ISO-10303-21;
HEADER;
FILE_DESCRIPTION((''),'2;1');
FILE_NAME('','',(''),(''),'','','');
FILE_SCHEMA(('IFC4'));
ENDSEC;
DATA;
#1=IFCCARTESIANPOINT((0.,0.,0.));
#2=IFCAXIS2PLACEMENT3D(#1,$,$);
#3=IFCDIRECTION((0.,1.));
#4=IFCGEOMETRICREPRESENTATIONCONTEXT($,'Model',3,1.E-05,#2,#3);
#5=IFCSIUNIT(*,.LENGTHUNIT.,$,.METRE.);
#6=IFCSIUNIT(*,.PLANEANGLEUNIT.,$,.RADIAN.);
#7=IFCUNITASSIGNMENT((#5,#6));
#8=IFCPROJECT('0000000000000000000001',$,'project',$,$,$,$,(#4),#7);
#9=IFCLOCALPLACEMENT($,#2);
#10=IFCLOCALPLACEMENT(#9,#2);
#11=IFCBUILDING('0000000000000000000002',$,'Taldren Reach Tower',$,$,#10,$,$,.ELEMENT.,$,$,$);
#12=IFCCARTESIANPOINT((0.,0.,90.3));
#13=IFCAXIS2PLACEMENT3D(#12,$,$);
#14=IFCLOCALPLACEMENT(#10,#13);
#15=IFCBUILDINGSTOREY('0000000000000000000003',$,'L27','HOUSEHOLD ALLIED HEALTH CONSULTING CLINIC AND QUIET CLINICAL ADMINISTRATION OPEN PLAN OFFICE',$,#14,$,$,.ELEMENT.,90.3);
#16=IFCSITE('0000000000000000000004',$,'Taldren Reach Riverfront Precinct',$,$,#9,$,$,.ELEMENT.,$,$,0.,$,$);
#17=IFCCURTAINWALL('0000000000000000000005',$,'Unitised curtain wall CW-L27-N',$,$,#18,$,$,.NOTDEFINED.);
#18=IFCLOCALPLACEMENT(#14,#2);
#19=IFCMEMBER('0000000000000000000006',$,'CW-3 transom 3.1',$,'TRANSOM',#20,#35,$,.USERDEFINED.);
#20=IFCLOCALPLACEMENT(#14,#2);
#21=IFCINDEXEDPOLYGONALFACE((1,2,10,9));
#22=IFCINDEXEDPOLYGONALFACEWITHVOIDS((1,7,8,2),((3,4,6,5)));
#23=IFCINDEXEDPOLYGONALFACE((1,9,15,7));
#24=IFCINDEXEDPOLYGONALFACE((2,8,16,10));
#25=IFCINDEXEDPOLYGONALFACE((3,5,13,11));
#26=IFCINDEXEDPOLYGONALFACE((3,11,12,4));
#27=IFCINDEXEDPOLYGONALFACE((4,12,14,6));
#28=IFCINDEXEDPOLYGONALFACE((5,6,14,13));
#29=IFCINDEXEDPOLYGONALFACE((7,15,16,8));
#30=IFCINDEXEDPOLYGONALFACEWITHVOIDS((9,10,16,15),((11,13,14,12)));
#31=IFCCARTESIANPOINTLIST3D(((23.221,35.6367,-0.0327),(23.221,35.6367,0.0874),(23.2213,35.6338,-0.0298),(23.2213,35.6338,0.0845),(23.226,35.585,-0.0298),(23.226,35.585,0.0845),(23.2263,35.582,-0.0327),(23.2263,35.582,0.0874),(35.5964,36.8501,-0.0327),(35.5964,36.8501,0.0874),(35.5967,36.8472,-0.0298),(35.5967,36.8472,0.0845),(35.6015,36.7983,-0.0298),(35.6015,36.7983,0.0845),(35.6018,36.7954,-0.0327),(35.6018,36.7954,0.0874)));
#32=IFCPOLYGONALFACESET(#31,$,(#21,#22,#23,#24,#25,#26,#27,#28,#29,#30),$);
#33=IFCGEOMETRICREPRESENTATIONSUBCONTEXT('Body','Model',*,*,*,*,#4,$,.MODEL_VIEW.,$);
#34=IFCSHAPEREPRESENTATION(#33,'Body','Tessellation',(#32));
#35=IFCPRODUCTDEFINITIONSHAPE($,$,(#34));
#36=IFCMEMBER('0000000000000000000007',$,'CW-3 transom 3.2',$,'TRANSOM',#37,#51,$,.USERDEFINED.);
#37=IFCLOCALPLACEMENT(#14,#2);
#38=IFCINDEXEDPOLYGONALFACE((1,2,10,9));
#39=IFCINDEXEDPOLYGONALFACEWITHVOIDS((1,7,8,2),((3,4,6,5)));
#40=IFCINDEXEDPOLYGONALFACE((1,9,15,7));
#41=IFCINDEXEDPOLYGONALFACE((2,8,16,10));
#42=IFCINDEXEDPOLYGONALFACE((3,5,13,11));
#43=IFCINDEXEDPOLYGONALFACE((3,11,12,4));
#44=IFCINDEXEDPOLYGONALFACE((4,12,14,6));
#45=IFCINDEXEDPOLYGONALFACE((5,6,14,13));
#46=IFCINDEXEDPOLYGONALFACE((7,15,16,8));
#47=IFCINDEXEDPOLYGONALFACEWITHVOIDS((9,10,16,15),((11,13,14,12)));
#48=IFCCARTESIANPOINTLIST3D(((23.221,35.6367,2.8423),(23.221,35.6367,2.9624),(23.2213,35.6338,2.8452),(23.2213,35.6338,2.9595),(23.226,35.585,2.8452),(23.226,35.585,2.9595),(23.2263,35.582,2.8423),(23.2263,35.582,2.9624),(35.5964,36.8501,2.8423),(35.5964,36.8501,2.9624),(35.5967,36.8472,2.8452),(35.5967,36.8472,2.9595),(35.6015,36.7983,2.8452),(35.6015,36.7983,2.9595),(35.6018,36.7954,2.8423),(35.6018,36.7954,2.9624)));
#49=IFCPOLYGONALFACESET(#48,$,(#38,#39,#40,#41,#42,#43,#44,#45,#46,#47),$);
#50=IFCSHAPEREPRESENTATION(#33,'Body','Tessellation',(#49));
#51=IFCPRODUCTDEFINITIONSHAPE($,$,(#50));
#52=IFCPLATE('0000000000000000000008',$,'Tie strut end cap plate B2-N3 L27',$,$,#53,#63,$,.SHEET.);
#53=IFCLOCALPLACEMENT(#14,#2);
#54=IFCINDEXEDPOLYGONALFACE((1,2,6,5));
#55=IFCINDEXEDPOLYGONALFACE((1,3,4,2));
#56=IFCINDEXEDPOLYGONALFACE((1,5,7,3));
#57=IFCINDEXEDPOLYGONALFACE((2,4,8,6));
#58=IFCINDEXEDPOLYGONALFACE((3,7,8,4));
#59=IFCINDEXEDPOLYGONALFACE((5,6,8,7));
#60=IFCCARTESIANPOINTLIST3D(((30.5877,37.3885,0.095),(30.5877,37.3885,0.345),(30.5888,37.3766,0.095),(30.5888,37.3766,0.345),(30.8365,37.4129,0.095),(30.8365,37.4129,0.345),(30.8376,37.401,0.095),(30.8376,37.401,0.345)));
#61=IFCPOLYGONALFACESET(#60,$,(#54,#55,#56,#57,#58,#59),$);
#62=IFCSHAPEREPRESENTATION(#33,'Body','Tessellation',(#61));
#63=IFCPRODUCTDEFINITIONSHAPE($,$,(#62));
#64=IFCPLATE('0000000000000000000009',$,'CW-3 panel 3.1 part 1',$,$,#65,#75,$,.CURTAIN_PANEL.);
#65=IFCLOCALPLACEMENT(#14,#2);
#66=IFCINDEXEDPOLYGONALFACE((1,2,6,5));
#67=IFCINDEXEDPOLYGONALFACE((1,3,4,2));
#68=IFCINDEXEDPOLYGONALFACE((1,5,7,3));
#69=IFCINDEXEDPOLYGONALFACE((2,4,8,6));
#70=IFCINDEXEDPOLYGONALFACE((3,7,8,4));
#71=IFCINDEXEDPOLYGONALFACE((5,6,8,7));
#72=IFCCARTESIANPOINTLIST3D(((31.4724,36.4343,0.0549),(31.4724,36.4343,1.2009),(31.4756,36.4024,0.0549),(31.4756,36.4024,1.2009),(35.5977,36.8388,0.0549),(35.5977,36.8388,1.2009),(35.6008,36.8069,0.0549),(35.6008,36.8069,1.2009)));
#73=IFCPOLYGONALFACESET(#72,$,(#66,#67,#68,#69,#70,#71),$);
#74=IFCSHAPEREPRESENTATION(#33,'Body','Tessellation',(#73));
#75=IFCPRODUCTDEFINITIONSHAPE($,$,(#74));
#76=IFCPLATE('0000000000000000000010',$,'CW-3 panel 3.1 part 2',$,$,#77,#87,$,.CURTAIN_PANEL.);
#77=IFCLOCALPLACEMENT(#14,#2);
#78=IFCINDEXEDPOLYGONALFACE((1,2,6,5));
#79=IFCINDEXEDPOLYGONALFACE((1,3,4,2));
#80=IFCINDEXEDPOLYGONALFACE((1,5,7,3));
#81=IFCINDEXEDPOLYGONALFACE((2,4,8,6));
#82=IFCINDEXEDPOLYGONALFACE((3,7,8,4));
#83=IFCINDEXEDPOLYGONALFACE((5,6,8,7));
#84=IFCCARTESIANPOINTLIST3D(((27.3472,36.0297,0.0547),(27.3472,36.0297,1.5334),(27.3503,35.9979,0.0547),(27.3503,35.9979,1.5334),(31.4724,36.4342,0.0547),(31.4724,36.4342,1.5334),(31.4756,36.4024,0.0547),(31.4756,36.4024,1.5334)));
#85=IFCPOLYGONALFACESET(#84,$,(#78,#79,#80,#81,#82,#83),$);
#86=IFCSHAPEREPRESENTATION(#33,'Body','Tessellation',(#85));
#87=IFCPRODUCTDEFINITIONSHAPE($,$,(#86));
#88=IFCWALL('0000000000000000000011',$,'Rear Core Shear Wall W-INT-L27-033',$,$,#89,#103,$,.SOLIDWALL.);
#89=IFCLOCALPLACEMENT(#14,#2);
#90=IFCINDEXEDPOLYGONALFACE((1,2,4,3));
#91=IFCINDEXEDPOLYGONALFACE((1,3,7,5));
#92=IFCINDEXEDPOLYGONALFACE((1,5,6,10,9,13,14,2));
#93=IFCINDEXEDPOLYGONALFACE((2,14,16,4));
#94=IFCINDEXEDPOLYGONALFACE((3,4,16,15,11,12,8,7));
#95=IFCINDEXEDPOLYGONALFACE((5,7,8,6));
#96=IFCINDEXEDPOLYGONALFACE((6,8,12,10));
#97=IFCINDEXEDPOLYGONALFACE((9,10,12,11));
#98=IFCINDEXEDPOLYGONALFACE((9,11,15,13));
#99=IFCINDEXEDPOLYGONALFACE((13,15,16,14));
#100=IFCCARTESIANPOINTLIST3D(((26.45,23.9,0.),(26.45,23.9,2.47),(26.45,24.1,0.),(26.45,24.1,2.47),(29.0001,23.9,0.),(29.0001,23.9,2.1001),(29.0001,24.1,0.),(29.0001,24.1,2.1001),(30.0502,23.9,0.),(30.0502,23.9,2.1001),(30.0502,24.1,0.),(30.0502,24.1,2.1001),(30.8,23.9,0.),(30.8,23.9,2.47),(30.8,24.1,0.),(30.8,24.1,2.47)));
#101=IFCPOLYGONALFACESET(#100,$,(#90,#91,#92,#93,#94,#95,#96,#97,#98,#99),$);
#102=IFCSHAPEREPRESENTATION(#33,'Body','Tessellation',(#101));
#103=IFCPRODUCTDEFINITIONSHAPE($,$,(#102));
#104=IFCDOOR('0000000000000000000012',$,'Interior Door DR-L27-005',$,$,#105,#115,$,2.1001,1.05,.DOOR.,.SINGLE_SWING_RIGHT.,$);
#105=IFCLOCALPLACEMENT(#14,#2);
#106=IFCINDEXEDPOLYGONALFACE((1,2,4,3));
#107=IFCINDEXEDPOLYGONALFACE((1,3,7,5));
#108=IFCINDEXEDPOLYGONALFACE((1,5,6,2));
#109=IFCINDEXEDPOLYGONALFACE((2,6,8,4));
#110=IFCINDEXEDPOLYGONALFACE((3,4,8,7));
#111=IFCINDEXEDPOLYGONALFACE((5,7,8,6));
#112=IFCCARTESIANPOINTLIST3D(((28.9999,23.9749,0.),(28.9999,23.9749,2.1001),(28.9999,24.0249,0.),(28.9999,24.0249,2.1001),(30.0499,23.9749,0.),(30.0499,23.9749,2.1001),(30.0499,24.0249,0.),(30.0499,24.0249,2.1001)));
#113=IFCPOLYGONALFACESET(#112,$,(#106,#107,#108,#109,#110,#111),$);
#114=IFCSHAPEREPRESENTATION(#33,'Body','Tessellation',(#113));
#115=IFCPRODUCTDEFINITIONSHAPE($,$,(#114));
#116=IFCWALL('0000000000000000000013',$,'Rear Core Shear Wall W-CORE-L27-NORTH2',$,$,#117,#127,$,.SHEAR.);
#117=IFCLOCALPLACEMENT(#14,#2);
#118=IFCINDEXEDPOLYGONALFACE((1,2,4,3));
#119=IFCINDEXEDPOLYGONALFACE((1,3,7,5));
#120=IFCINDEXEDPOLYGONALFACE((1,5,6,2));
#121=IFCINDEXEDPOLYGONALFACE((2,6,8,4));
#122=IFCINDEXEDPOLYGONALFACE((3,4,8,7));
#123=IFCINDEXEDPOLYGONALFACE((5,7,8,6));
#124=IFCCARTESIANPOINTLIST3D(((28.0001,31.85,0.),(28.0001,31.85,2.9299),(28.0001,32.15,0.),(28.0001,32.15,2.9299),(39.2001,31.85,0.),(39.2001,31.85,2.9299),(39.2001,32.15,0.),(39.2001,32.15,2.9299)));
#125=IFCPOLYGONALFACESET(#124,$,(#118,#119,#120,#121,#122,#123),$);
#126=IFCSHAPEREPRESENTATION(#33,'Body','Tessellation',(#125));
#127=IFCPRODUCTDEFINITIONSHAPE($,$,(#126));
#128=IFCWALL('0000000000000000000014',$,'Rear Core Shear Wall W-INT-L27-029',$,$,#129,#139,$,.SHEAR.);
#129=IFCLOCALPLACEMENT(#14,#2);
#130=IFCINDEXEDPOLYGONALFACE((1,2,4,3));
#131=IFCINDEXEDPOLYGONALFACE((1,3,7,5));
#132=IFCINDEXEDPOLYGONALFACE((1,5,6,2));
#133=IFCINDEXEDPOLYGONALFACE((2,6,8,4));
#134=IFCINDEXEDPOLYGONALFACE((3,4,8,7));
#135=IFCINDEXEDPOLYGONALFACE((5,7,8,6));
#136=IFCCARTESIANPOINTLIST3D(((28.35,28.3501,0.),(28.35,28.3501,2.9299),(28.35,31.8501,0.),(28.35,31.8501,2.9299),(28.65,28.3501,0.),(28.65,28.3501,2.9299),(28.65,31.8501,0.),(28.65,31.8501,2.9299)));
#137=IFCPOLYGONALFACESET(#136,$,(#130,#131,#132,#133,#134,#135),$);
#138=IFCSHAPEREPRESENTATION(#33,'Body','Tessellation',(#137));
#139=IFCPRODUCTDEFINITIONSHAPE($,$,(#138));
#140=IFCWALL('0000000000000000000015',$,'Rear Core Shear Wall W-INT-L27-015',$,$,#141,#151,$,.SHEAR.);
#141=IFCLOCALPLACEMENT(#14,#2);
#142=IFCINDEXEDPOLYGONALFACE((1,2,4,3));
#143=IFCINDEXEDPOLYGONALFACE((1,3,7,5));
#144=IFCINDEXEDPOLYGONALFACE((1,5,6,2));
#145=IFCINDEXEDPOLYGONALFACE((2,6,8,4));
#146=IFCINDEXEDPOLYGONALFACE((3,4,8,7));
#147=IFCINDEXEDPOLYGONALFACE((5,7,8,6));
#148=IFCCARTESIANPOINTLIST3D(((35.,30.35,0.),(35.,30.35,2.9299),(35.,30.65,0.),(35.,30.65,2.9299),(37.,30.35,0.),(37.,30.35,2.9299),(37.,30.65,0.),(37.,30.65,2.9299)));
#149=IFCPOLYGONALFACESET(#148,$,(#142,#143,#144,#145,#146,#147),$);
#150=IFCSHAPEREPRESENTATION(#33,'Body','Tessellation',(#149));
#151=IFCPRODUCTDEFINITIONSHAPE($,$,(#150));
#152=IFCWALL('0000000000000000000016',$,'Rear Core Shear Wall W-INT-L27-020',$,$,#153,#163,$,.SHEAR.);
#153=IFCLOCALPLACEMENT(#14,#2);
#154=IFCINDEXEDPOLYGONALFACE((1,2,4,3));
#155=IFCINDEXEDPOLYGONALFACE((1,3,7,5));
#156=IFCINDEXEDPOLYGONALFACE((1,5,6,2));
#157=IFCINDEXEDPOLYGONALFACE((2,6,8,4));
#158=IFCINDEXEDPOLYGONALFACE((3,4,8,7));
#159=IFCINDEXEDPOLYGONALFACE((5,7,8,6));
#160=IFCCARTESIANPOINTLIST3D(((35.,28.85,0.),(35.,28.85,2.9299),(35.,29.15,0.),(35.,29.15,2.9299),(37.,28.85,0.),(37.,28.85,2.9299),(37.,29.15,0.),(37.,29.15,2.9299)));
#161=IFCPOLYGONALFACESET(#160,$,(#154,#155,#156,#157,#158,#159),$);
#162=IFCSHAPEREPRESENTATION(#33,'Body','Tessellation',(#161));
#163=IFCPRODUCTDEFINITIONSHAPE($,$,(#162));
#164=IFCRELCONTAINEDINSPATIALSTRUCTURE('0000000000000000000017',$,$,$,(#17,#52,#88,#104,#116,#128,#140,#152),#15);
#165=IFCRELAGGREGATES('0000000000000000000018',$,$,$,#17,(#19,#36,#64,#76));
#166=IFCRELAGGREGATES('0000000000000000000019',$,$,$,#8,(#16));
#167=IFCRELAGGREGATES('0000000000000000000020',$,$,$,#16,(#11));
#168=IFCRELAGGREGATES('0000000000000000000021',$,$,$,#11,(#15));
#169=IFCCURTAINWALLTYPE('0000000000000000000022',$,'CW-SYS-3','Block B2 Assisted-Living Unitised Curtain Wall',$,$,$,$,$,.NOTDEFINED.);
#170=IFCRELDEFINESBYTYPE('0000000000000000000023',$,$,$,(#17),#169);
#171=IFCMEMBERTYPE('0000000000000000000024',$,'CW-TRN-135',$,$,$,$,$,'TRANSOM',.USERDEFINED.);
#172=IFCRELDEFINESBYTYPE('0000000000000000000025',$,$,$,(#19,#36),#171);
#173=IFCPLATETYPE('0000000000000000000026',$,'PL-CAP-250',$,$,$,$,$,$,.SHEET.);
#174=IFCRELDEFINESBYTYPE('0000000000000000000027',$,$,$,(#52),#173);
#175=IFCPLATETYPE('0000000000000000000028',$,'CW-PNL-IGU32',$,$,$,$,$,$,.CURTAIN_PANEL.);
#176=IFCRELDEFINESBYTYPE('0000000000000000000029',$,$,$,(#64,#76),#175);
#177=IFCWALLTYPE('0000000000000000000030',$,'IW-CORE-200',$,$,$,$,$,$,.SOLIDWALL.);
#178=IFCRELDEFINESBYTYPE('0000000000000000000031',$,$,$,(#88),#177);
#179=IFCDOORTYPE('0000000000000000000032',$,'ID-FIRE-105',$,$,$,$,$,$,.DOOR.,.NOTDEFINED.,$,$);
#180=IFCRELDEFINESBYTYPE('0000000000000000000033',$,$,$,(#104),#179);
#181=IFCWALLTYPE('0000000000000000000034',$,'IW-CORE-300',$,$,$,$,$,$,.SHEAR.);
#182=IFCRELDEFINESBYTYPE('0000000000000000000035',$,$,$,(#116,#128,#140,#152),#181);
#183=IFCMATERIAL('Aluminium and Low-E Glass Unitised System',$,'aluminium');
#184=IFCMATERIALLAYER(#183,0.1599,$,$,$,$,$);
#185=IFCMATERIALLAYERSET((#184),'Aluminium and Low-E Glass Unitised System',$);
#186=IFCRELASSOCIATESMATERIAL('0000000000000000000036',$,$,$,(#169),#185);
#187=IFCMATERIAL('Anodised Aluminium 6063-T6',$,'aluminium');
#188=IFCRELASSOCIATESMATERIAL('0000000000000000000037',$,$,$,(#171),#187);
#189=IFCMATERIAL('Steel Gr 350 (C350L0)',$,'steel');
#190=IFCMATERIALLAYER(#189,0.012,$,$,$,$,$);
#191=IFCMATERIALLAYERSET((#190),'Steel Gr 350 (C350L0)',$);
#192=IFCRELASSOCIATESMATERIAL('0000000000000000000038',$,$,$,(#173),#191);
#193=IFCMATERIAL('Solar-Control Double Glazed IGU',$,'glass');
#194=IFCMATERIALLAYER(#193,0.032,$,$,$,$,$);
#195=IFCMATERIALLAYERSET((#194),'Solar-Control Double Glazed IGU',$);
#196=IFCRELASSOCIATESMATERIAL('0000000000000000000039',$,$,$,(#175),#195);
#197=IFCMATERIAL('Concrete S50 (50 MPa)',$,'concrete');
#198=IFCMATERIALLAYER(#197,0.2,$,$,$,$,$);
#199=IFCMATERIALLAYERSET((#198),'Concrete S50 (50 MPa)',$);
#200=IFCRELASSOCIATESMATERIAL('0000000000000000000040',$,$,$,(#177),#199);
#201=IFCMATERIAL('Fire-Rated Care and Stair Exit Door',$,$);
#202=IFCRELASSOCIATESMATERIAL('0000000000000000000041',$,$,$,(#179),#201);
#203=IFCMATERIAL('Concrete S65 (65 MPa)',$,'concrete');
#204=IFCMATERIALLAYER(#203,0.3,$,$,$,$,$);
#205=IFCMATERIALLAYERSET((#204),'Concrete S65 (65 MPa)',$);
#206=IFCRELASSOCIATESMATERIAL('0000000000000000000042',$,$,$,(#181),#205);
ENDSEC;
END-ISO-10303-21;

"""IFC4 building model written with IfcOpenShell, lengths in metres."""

from ifc_helpers import new_model, si_unit, direction, frame, frame_2d, origin, origin_2d, place, context, subcontext, project, spatial, rectangle, hollow_rectangle, extrude, source, transform, mapped, material, layer, layer_set, material_profile, profile_set, type_object, element, fill, aggregate, save


model = new_model("IFC4")

# Units and contexts
model_context = context("Model", 3, precision=1e-05, world=origin(), true_north=direction((0.0, 1.0)))
body_context = subcontext(model_context, "Body", "Model", "MODEL_VIEW")
ifc_project = project(units=[si_unit("LENGTHUNIT", "METRE"), si_unit("PLANEANGLEUNIT", "RADIAN")], contexts=[model_context])

# Site, building, storey
site_placement = place(None, origin())
site = spatial("IfcSite", under=ifc_project, at=site_placement, Name="Taldren Reach Riverfront Precinct", CompositionType="ELEMENT", RefElevation=0.0)
building_placement = place(site_placement, origin())
building = spatial("IfcBuilding", under=site, at=building_placement, Name="Taldren Reach Tower", CompositionType="ELEMENT")
storey_placement = place(building_placement, frame((0.0, 0.0, 90.3)))
storey = spatial("IfcBuildingStorey", under=building, at=storey_placement, Name="L27", Description="HOUSEHOLD ALLIED HEALTH CONSULTING CLINIC AND QUIET CLINICAL ADMINISTRATION OPEN PLAN OFFICE", CompositionType="ELEMENT", Elevation=90.3)

# Shared definitions
ifc_material_1 = material(Name="Steel Gr 350 (C350L0)", Category="steel")

# Curtain wall, members
ifc_material_2 = material(Name="Aluminium and Low-E Glass Unitised System", Category="aluminium")
ifc_layer_1 = layer(ifc_material_2, 0.1599)
ifc_layer_set_1 = layer_set([ifc_layer_1], Name="Aluminium and Low-E Glass Unitised System")
curtain_wall_type = type_object("IfcCurtainWallType", Name="CW-SYS-3", Description="Block B2 Assisted-Living Unitised Curtain Wall", PredefinedType="NOTDEFINED", material=ifc_layer_set_1)
curtain_wall_placement = place(storey_placement, origin())
curtain_wall = element("IfcCurtainWall", 1, at=curtain_wall_placement, inside=storey, type_object=curtain_wall_type, Name="Unitised curtain wall CW-L27-N", PredefinedType="NOTDEFINED")
ifc_material_3 = material(Name="Anodised Aluminium 6063-T6", Category="aluminium")
ifc_material_profile_1 = material_profile(ifc_material_3, hollow_rectangle(XDim=0.0549, YDim=0.1201, WallThickness=0.0029, at=origin_2d()), Name="ALU-120x55x3RHS")
ifc_profile_set_1 = profile_set([ifc_material_profile_1], Name="Anodised Aluminium 6063-T6")
member_type_1 = type_object("IfcMemberType", Name="CW-TRN-135", ElementType="TRANSOM", PredefinedType="USERDEFINED", material=ifc_profile_set_1)
shared_shape_1 = source(origin(), body_context, "Body", "SweptSolid", [
    extrude(hollow_rectangle(XDim=0.0549, YDim=0.1201, WallThickness=0.0029, at=origin_2d()), origin(), (0.0, 0.0, 1.0), 12.4348),
])
member_1_placement = place(storey_placement, frame((35.5991, 36.8228, 0.0273), z_axis=(-0.995228, -0.097579, 0.0), x_axis=(0.097579, -0.995228, 0.0)))
member_1 = element("IfcMember", 2, at=member_1_placement, type_object=member_type_1, Name="CW-3 transom 3.1", ObjectType="TRANSOM", PredefinedType="USERDEFINED", context=body_context, shape_type="MappedRepresentation", body=[
    mapped(shared_shape_1, transform((0.0, 0.0, 0.0), scale=1.0)),
])
member_2_placement = place(storey_placement, frame((35.5991, 36.8228, 2.9023), z_axis=(-0.995228, -0.097579, 0.0), x_axis=(0.097579, -0.995228, 0.0)))
member_2 = element("IfcMember", 3, at=member_2_placement, type_object=member_type_1, Name="CW-3 transom 3.2", ObjectType="TRANSOM", PredefinedType="USERDEFINED", context=body_context, shape_type="MappedRepresentation", body=[
    mapped(shared_shape_1, transform((0.0, 0.0, 0.0), scale=1.0)),
])

# Plates
ifc_layer_2 = layer(ifc_material_1, 0.012)
ifc_layer_set_2 = layer_set([ifc_layer_2], Name="Steel Gr 350 (C350L0)")
plate_type_1 = type_object("IfcPlateType", Name="PL-CAP-250", PredefinedType="SHEET", material=ifc_layer_set_2)
shared_shape_2 = source(origin(), body_context, "Body", "SweptSolid", [
    extrude(rectangle(XDim=0.25, YDim=0.012, at=origin_2d()), origin(), (0.0, 0.0, 1.0), 0.25),
])
plate_1_placement = place(storey_placement, frame((30.7126, 37.3948, 0.095), z_axis=(0.0, 0.0, 1.0), x_axis=(0.995227, 0.097583, 0.0)))
element("IfcPlate", 4, at=plate_1_placement, inside=storey, type_object=plate_type_1, Name="Tie strut end cap plate B2-N3 L27", PredefinedType="SHEET", context=body_context, shape_type="MappedRepresentation", body=[
    mapped(shared_shape_2, transform((0.0, 0.0, 0.0), scale=1.0)),
])
ifc_material_4 = material(Name="Solar-Control Double Glazed IGU", Category="glass")
ifc_layer_3 = layer(ifc_material_4, 0.032)
ifc_layer_set_3 = layer_set([ifc_layer_3], Name="Solar-Control Double Glazed IGU")
plate_type_2 = type_object("IfcPlateType", Name="CW-PNL-IGU32", PredefinedType="CURTAIN_PANEL", material=ifc_layer_set_3)
shared_shape_3 = source(origin(), body_context, "Body", "SweptSolid", [
    extrude(rectangle(XDim=4.145, YDim=0.032, at=origin_2d()), origin(), (0.0, 0.0, 1.0), 1.146),
])
plate_2_placement = place(storey_placement, frame((33.5366, 36.6206, 0.0549), z_axis=(0.0, 0.0, 1.0), x_axis=(-0.995227, -0.097583, 0.0)))
plate_2 = element("IfcPlate", 5, at=plate_2_placement, type_object=plate_type_2, Name="CW-3 panel 3.1 part 1", PredefinedType="CURTAIN_PANEL", context=body_context, shape_type="MappedRepresentation", body=[
    mapped(shared_shape_3, transform((0.0, 0.0, 0.0), scale=1.0)),
])
shared_shape_4 = source(origin(), body_context, "Body", "SweptSolid", [
    extrude(rectangle(XDim=4.145, YDim=0.032, at=origin_2d()), origin(), (0.0, 0.0, 1.0), 1.4788),
])
plate_3_placement = place(storey_placement, frame((29.4114, 36.2161, 0.0547), z_axis=(0.0, 0.0, 1.0), x_axis=(-0.995227, -0.097583, 0.0)))
plate_3 = element("IfcPlate", 6, at=plate_3_placement, type_object=plate_type_2, Name="CW-3 panel 3.1 part 2", PredefinedType="CURTAIN_PANEL", context=body_context, shape_type="MappedRepresentation", body=[
    mapped(shared_shape_4, transform((0.0, 0.0, 0.0), scale=1.0)),
])
aggregate(curtain_wall, [member_1, member_2, plate_2, plate_3])

# Wall, opening, door
ifc_material_5 = material(Name="Concrete S50 (50 MPa)", Category="concrete")
ifc_layer_4 = layer(ifc_material_5, 0.2)
ifc_layer_set_4 = layer_set([ifc_layer_4], Name="Concrete S50 (50 MPa)")
wall_type_1 = type_object("IfcWallType", Name="IW-CORE-200", PredefinedType="SOLIDWALL", material=ifc_layer_set_4)
shared_shape_5 = source(origin(), body_context, "Body", "SweptSolid", [
    extrude(rectangle(XDim=4.3501, YDim=0.2, at=frame_2d((2.175, 0.0))), origin(), (0.0, 0.0, 1.0), 2.47),
])
wall_1_placement = place(storey_placement, frame((30.8, 24.0, 0.0), z_axis=(0.0, 0.0, 1.0), x_axis=(-1.0, 0.0, 0.0)))
wall_1 = element("IfcWall", 7, at=wall_1_placement, inside=storey, type_object=wall_type_1, Name="Rear Core Shear Wall W-INT-L27-033", PredefinedType="SOLIDWALL", context=body_context, shape_type="MappedRepresentation", body=[
    mapped(shared_shape_5, transform((0.0, 0.0, 0.0), scale=1.0)),
])
shared_shape_6 = source(origin(), body_context, "Body", "SweptSolid", [
    extrude(rectangle(XDim=1.05, YDim=2.1001, at=frame_2d((0.5249, 1.05))), frame((0.0, 0.1099, 0.0), z_axis=(0.0, -1.0, 0.0), x_axis=(1.0, 0.0, 0.0)), (0.0, 0.0, 1.0), 0.22),
])
opening_1_placement = place(wall_1_placement, frame((0.75, 0.0, 0.0)))
opening_1 = element("IfcOpeningElement", 8, at=opening_1_placement, cuts=wall_1, PredefinedType="OPENING", context=body_context, shape_type="MappedRepresentation", body=[
    mapped(shared_shape_6, transform((0.0, 0.0, 0.0), scale=1.0)),
])
ifc_material_6 = material(Name="Fire-Rated Care and Stair Exit Door")
door_type_1 = type_object("IfcDoorType", Name="ID-FIRE-105", OperationType="NOTDEFINED", PredefinedType="DOOR", material=ifc_material_6)
shared_shape_7 = source(origin(), body_context, "Body", "SweptSolid", [
    extrude(rectangle(XDim=1.05, YDim=2.1001, at=frame_2d((0.5249, 1.05))), frame((0.0, 0.0249, 0.0), z_axis=(0.0, -1.0, 0.0), x_axis=(1.0, 0.0, 0.0)), (0.0, 0.0, 1.0), 0.05),
])
door_1_placement = place(opening_1_placement, frame((1.05, 0.0, 0.0), z_axis=(0.0, 0.0, 1.0), x_axis=(-1.0, 0.0, 0.0)))
door_1 = element("IfcDoor", 9, at=door_1_placement, inside=storey, type_object=door_type_1, Name="Interior Door DR-L27-005", OperationType="SINGLE_SWING_RIGHT", OverallHeight=2.1001, OverallWidth=1.05, PredefinedType="DOOR", context=body_context, shape_type="MappedRepresentation", body=[
    mapped(shared_shape_7, transform((0.0, 0.0, 0.0), scale=1.0)),
])
fill(opening_1, door_1)

# Walls
ifc_material_7 = material(Name="Concrete S65 (65 MPa)", Category="concrete")
ifc_layer_5 = layer(ifc_material_7, 0.3)
ifc_layer_set_5 = layer_set([ifc_layer_5], Name="Concrete S65 (65 MPa)")
wall_type_2 = type_object("IfcWallType", Name="IW-CORE-300", PredefinedType="SHEAR", material=ifc_layer_set_5)
shared_shape_8 = source(origin(), body_context, "Body", "SweptSolid", [
    extrude(rectangle(XDim=11.2, YDim=0.3, at=frame_2d((5.6001, 0.0))), origin(), (0.0, 0.0, 1.0), 2.9299),
])
wall_2_placement = place(storey_placement, frame((28.0, 32.0, 0.0), z_axis=(0.0, 0.0, 1.0), x_axis=(1.0, 0.0, 0.0)))
element("IfcWall", 10, at=wall_2_placement, inside=storey, type_object=wall_type_2, Name="Rear Core Shear Wall W-CORE-L27-NORTH2", PredefinedType="SHEAR", context=body_context, shape_type="MappedRepresentation", body=[
    mapped(shared_shape_8, transform((0.0, 0.0, 0.0), scale=1.0)),
])
shared_shape_9 = source(origin(), body_context, "Body", "SweptSolid", [
    extrude(rectangle(XDim=3.5, YDim=0.3, at=frame_2d((1.75, 0.0))), origin(), (0.0, 0.0, 1.0), 2.9299),
])
wall_3_placement = place(storey_placement, frame((28.5, 28.3501, 0.0), z_axis=(0.0, 0.0, 1.0), x_axis=(0.0, 1.0, 0.0)))
element("IfcWall", 11, at=wall_3_placement, inside=storey, type_object=wall_type_2, Name="Rear Core Shear Wall W-INT-L27-029", PredefinedType="SHEAR", context=body_context, shape_type="MappedRepresentation", body=[
    mapped(shared_shape_9, transform((0.0, 0.0, 0.0), scale=1.0)),
])
shared_shape_10 = source(origin(), body_context, "Body", "SweptSolid", [
    extrude(rectangle(XDim=2.0, YDim=0.3, at=frame_2d((1.0, 0.0))), origin(), (0.0, 0.0, 1.0), 2.9299),
])
for number, where, z_axis, x_axis, name in (
    (12, (35.0, 30.5, 0.0), (0.0, 0.0, 1.0), (1.0, 0.0, 0.0), "Rear Core Shear Wall W-INT-L27-015"),
    (13, (35.0, 29.0, 0.0), (0.0, 0.0, 1.0), (1.0, 0.0, 0.0), "Rear Core Shear Wall W-INT-L27-020"),
):
    element("IfcWall", number, at=place(storey_placement, frame(where, z_axis=z_axis, x_axis=x_axis)), inside=storey, type_object=wall_type_2, Name=name, PredefinedType="SHEAR", context=body_context, shape_type="MappedRepresentation", body=[
        mapped(shared_shape_10, transform((0.0, 0.0, 0.0), scale=1.0)),
    ])

save(model, "model.ifc")
